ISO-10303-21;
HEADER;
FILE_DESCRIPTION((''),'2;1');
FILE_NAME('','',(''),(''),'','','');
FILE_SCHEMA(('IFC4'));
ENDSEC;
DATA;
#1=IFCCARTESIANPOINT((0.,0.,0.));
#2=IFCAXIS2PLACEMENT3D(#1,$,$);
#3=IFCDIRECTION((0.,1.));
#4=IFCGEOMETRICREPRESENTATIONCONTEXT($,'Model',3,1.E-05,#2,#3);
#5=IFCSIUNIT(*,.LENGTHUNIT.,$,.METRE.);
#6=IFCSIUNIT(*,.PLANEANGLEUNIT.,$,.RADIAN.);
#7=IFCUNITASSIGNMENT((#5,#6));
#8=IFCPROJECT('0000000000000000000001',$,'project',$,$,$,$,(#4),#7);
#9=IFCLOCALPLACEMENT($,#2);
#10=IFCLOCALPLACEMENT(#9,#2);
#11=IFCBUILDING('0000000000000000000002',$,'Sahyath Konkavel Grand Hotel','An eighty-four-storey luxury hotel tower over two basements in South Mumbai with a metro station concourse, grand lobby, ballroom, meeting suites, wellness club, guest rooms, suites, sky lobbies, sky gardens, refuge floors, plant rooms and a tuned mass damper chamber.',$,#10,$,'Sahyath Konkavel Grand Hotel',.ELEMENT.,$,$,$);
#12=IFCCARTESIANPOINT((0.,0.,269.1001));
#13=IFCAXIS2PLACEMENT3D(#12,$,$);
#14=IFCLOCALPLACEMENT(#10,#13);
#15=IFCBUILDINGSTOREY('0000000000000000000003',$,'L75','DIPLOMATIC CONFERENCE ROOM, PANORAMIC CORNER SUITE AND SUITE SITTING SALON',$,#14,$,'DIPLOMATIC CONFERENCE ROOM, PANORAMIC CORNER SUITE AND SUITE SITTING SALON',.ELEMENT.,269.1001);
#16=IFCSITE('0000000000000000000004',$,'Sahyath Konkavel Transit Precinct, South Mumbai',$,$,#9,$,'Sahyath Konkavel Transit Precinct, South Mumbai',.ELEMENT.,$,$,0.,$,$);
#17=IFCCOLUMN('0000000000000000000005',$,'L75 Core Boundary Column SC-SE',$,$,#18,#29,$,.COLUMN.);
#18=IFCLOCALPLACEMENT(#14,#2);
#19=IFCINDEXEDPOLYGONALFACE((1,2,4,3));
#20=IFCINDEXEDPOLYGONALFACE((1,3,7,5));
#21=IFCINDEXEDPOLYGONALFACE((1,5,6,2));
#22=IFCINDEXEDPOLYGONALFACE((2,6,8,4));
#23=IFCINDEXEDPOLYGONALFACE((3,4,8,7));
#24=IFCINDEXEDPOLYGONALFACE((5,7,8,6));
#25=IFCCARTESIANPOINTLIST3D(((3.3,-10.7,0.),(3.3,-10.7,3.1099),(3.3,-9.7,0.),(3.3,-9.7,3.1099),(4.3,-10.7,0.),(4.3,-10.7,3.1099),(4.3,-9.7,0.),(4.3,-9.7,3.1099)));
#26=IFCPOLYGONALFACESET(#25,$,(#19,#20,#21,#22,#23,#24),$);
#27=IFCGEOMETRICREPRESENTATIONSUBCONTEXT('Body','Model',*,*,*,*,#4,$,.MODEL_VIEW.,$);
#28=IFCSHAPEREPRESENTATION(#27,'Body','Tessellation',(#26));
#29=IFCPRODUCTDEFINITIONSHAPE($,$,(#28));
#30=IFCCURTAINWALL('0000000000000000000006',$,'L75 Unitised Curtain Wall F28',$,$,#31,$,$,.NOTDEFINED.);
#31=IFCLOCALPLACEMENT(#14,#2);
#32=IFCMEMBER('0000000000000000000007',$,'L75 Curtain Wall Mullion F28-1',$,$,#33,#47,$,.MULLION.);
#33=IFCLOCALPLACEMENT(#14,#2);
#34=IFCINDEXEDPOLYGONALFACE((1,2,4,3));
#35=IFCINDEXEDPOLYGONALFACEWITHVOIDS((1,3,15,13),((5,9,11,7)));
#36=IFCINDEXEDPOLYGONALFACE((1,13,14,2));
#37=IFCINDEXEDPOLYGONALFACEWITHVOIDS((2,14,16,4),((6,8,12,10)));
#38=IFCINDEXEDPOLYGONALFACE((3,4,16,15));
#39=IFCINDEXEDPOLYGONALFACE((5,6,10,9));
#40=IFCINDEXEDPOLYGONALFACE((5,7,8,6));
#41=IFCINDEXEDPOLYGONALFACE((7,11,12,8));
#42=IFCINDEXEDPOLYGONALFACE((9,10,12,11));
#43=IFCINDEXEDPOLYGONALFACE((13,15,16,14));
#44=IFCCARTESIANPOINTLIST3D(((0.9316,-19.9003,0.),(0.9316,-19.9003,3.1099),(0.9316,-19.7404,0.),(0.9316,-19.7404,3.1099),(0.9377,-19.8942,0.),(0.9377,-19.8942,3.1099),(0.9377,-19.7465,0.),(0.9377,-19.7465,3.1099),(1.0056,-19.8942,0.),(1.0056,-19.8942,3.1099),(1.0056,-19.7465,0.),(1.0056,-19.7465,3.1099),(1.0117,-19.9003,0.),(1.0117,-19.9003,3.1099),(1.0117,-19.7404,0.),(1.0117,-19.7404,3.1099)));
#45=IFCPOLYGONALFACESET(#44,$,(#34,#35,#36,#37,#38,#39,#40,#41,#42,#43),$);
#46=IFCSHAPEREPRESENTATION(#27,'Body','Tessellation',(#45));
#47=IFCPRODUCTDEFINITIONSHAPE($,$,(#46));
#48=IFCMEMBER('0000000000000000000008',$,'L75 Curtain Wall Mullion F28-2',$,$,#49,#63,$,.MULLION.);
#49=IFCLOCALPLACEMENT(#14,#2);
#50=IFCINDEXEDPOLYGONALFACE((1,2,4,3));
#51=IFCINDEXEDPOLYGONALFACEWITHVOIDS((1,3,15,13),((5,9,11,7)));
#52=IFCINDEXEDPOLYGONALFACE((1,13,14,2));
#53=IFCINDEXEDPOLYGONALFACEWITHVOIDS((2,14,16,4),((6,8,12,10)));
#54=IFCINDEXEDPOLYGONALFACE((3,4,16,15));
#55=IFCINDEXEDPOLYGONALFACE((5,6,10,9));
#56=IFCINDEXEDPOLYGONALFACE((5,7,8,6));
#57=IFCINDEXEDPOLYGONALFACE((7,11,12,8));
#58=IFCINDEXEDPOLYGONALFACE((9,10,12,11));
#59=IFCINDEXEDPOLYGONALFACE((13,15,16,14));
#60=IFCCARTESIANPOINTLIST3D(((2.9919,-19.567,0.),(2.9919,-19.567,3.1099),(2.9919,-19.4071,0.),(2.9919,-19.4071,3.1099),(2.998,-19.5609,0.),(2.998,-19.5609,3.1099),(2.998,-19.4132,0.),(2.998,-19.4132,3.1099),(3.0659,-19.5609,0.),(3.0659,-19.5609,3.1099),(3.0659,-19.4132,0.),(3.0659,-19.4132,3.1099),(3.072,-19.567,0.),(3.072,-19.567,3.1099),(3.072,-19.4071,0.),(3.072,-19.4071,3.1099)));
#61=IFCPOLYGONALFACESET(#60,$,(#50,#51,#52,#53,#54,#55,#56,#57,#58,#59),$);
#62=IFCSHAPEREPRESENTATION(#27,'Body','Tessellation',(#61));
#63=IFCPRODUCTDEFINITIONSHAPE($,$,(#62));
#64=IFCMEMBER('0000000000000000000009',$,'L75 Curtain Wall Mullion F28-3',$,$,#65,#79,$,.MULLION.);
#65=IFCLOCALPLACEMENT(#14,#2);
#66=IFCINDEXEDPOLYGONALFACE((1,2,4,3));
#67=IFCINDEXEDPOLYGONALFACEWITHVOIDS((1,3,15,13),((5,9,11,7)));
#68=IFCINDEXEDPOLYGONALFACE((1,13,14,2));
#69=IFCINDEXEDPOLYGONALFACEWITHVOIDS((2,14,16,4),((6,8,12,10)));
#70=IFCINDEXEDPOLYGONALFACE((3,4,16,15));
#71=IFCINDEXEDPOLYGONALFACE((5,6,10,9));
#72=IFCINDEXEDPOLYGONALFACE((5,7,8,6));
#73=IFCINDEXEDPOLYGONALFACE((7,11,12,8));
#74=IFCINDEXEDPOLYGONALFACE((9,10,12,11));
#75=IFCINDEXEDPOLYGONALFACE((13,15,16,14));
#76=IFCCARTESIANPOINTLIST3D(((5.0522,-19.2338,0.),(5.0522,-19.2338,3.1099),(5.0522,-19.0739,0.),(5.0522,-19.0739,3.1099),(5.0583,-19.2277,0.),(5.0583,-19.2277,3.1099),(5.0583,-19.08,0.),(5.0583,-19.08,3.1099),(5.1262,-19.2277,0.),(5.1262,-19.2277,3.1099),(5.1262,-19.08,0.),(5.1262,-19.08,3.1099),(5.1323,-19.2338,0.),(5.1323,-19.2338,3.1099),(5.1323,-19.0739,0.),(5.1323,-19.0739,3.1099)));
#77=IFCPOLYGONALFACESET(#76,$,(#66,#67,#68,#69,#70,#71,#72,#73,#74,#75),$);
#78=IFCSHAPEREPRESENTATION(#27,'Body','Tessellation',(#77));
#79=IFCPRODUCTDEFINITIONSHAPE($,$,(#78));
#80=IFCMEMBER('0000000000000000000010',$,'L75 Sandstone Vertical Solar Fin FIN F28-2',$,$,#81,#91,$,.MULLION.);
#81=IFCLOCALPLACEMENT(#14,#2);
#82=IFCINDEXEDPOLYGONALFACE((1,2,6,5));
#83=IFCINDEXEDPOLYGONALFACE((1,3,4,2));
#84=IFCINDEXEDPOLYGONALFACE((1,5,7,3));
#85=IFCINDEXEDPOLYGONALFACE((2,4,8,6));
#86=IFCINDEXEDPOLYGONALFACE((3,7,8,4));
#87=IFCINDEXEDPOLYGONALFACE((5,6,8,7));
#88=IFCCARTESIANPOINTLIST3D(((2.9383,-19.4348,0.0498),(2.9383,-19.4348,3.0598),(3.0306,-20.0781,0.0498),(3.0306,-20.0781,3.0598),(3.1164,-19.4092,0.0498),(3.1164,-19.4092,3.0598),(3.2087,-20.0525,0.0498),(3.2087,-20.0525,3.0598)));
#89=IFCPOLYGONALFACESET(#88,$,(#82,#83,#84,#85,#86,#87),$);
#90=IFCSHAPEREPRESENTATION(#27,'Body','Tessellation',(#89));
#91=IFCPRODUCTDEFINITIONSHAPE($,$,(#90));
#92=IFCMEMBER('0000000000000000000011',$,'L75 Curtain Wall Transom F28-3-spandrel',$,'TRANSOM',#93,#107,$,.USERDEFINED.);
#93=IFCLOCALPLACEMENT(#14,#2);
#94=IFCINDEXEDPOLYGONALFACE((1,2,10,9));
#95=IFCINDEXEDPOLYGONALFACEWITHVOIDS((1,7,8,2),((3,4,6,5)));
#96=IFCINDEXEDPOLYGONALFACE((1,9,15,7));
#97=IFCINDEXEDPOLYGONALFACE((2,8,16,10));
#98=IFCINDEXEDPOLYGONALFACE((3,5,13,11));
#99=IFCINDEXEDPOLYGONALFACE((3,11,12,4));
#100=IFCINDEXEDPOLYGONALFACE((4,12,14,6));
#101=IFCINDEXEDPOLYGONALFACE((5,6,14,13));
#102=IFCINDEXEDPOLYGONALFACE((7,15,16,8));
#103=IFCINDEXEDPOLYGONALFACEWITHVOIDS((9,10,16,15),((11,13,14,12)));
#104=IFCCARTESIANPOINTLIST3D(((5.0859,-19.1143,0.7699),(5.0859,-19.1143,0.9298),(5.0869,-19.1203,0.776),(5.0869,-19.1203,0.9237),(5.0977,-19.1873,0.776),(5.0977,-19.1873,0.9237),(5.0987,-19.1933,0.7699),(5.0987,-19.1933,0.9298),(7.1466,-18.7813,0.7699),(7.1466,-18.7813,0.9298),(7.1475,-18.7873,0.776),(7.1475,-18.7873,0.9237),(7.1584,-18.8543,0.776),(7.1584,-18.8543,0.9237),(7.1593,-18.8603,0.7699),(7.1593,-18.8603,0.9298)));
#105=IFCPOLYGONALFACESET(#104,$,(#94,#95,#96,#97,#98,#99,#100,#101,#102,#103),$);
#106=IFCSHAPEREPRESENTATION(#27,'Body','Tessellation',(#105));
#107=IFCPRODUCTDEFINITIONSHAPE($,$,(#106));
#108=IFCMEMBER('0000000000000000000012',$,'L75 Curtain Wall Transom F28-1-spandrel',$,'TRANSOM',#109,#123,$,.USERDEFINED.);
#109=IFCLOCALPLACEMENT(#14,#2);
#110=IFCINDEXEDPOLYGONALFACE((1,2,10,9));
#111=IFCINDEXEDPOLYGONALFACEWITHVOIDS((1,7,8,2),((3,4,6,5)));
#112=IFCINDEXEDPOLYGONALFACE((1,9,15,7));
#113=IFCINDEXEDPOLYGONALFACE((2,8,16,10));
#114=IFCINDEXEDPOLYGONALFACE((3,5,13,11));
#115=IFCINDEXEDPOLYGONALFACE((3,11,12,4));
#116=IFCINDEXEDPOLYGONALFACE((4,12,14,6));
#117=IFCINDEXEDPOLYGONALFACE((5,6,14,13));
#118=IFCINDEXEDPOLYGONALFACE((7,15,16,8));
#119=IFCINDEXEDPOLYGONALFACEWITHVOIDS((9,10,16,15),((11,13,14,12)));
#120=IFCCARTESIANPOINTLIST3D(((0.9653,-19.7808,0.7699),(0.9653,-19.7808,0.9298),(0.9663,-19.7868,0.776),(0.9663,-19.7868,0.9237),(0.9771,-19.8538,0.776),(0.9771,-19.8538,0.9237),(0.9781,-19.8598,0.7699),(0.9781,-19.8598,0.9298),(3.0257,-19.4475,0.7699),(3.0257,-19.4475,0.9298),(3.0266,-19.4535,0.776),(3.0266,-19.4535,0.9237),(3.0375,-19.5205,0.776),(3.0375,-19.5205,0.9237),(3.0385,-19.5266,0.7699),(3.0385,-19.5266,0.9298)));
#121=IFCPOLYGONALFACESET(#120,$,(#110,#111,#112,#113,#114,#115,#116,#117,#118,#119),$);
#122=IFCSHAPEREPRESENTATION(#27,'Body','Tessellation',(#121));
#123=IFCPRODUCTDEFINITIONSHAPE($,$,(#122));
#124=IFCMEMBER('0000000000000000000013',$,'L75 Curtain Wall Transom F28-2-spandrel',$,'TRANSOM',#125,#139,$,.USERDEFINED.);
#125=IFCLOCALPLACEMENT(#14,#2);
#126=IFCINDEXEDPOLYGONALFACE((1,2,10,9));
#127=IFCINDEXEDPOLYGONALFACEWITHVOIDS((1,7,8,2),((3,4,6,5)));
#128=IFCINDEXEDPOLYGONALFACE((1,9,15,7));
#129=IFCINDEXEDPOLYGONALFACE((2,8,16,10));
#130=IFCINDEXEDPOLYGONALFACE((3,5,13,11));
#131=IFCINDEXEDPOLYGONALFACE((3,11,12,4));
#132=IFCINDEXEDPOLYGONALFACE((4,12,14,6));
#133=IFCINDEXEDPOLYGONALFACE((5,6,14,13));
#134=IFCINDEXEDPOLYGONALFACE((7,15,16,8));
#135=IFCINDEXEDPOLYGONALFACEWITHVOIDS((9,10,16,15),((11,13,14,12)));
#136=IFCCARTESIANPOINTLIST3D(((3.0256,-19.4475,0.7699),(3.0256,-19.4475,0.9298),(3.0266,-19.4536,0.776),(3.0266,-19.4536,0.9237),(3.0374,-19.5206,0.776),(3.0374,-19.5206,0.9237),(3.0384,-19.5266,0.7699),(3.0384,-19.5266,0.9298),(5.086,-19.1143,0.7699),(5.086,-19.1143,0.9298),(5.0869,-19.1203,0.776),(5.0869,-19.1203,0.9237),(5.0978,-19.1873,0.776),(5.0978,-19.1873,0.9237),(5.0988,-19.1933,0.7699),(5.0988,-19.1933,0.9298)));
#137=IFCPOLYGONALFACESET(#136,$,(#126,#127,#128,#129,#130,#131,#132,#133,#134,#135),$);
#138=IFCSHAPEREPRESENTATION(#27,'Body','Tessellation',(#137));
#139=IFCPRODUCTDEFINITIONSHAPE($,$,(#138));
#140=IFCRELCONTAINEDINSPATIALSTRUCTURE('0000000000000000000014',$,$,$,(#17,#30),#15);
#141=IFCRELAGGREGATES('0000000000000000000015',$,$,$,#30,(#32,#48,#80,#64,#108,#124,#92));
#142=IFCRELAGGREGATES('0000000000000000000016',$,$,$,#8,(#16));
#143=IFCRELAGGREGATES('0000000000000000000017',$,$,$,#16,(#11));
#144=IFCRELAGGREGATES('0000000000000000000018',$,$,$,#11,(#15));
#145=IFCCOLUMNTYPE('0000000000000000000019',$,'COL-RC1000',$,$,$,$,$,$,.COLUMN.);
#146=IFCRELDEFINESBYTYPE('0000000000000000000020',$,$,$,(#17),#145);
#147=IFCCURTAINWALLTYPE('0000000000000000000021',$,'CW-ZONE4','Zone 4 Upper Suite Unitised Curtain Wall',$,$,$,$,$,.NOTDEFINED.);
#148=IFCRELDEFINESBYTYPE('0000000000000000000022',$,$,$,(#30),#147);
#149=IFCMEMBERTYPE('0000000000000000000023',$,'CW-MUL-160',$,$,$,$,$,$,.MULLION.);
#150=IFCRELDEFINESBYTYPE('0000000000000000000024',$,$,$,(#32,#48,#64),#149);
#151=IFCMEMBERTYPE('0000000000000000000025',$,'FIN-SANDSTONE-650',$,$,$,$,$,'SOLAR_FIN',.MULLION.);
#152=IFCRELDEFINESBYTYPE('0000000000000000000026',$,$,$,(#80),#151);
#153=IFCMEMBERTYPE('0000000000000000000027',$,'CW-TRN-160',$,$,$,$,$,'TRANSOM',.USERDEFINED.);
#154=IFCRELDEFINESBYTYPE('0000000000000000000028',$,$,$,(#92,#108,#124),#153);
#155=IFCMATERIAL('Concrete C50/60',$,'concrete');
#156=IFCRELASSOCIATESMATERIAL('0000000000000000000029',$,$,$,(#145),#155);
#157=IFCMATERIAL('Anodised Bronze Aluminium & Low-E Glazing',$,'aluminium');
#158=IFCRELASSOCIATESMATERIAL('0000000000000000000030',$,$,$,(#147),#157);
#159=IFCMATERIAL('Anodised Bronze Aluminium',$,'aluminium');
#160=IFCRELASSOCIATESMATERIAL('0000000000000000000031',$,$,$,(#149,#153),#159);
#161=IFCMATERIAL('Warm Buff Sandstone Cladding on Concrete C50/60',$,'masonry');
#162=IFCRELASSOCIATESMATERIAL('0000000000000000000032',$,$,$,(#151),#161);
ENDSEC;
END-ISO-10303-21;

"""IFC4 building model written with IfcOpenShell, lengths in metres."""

from ifc_helpers import new_model, si_unit, direction, frame, origin, origin_2d, place, context, subcontext, project, spatial, rectangle, hollow_rectangle, extrude, source, transform, mapped, material, material_profile, profile_set, type_object, element, aggregate, save


model = new_model("IFC4")

# Units and contexts
model_context = context("Model", 3, precision=1e-05, world=origin(), true_north=direction((0.0, 1.0)))
body_context = subcontext(model_context, "Body", "Model", "MODEL_VIEW")
ifc_project = project(units=[si_unit("LENGTHUNIT", "METRE"), si_unit("PLANEANGLEUNIT", "RADIAN")], contexts=[model_context])

# Site, building, storey
site_placement = place(None, origin())
site = spatial("IfcSite", under=ifc_project, at=site_placement, Name="Sahyath Konkavel Transit Precinct, South Mumbai", LongName="Sahyath Konkavel Transit Precinct, South Mumbai", CompositionType="ELEMENT", RefElevation=0.0)
building_placement = place(site_placement, origin())
building = spatial("IfcBuilding", under=site, at=building_placement, Name="Sahyath Konkavel Grand Hotel", Description="An eighty-four-storey luxury hotel tower over two basements in South Mumbai with a metro station concourse, grand lobby, ballroom, meeting suites, wellness club, guest rooms, suites, sky lobbies, sky gardens, refuge floors, plant rooms and a tuned mass damper chamber.", LongName="Sahyath Konkavel Grand Hotel", CompositionType="ELEMENT")
storey_placement = place(building_placement, frame((0.0, 0.0, 269.1001)))
storey = spatial("IfcBuildingStorey", under=building, at=storey_placement, Name="L75", Description="DIPLOMATIC CONFERENCE ROOM, PANORAMIC CORNER SUITE AND SUITE SITTING SALON", LongName="DIPLOMATIC CONFERENCE ROOM, PANORAMIC CORNER SUITE AND SUITE SITTING SALON", CompositionType="ELEMENT", Elevation=269.1001)

# Column
ifc_material_1 = material(Name="Concrete C50/60", Category="concrete")
ifc_material_profile_1 = material_profile(ifc_material_1, rectangle(XDim=1.0, YDim=1.0, at=origin_2d()), Name="RC 1000x1000")
ifc_profile_set_1 = profile_set([ifc_material_profile_1], Name="Concrete C50/60")
column_type = type_object("IfcColumnType", Name="COL-RC1000", PredefinedType="COLUMN", material=ifc_profile_set_1)
shared_shape_1 = source(origin(), body_context, "Body", "SweptSolid", [
    extrude(rectangle(XDim=1.0, YDim=1.0, at=origin_2d()), origin(), (0.0, 0.0, 1.0), 3.1099),
])
column_placement = place(storey_placement, frame((3.8, -10.2, 0.0), z_axis=(0.0, 0.0, 1.0), x_axis=(1.0, 0.0, 0.0)))
element("IfcColumn", 1, at=column_placement, inside=storey, type_object=column_type, Name="L75 Core Boundary Column SC-SE", PredefinedType="COLUMN", context=body_context, shape_type="MappedRepresentation", body=[
    mapped(shared_shape_1, transform((0.0, 0.0, 0.0), scale=1.0)),
])

# Curtain wall, members
ifc_material_2 = material(Name="Anodised Bronze Aluminium & Low-E Glazing", Category="aluminium")
curtain_wall_type = type_object("IfcCurtainWallType", Name="CW-ZONE4", Description="Zone 4 Upper Suite Unitised Curtain Wall", PredefinedType="NOTDEFINED", material=ifc_material_2)
curtain_wall_placement = place(storey_placement, origin())
curtain_wall = element("IfcCurtainWall", 2, at=curtain_wall_placement, inside=storey, type_object=curtain_wall_type, Name="L75 Unitised Curtain Wall F28", PredefinedType="NOTDEFINED")
ifc_material_3 = material(Name="Anodised Bronze Aluminium", Category="aluminium")
ifc_material_profile_2 = material_profile(ifc_material_3, hollow_rectangle(XDim=0.0801, YDim=0.1599, WallThickness=0.0061, at=origin_2d()), Name="RHS 160x80x6")
ifc_profile_set_2 = profile_set([ifc_material_profile_2], Name="Anodised Bronze Aluminium")
member_type_1 = type_object("IfcMemberType", Name="CW-MUL-160", PredefinedType="MULLION", material=ifc_profile_set_2)
shared_shape_2 = source(origin(), body_context, "Body", "SweptSolid", [
    extrude(hollow_rectangle(XDim=0.0801, YDim=0.1599, WallThickness=0.0061, at=origin_2d()), origin(), (0.0, 0.0, 1.0), 3.1099),
])
member_1_placement = place(storey_placement, frame((0.9717, -19.8203, 0.0), z_axis=(0.0, 0.0, 1.0), x_axis=(1.0, 0.0, 0.0)))
member_1 = element("IfcMember", 3, at=member_1_placement, type_object=member_type_1, Name="L75 Curtain Wall Mullion F28-1", PredefinedType="MULLION", context=body_context, shape_type="MappedRepresentation", body=[
    mapped(shared_shape_2, transform((0.0, 0.0, 0.0), scale=1.0)),
])
member_2_placement = place(storey_placement, frame((3.032, -19.4871, 0.0), z_axis=(0.0, 0.0, 1.0), x_axis=(1.0, 0.0, 0.0)))
member_2 = element("IfcMember", 4, at=member_2_placement, type_object=member_type_1, Name="L75 Curtain Wall Mullion F28-2", PredefinedType="MULLION", context=body_context, shape_type="MappedRepresentation", body=[
    mapped(shared_shape_2, transform((0.0, 0.0, 0.0), scale=1.0)),
])
member_3_placement = place(storey_placement, frame((5.0923, -19.1538, 0.0), z_axis=(0.0, 0.0, 1.0), x_axis=(1.0, 0.0, 0.0)))
member_3 = element("IfcMember", 5, at=member_3_placement, type_object=member_type_1, Name="L75 Curtain Wall Mullion F28-3", PredefinedType="MULLION", context=body_context, shape_type="MappedRepresentation", body=[
    mapped(shared_shape_2, transform((0.0, 0.0, 0.0), scale=1.0)),
])
ifc_material_4 = material(Name="Warm Buff Sandstone Cladding on Concrete C50/60", Category="masonry")
ifc_material_profile_3 = material_profile(ifc_material_4, rectangle(XDim=0.1799, YDim=0.6499, at=origin_2d()), Name="FIN 180x650")
ifc_profile_set_3 = profile_set([ifc_material_profile_3], Name="Warm Buff Sandstone Cladding on Concrete C50/60")
member_type_2 = type_object("IfcMemberType", Name="FIN-SANDSTONE-650", ElementType="SOLAR_FIN", PredefinedType="MULLION", material=ifc_profile_set_3)
shared_shape_3 = source(origin(), body_context, "Body", "SweptSolid", [
    extrude(rectangle(XDim=0.1799, YDim=0.6499, at=origin_2d()), origin(), (0.0, 0.0, 1.0), 3.01),
])
member_4_placement = place(storey_placement, frame((3.0735, -19.7437, 0.0498), z_axis=(0.0, 0.0, 1.0), x_axis=(0.989851, 0.142111, 0.0)))
member_4 = element("IfcMember", 6, at=member_4_placement, type_object=member_type_2, Name="L75 Sandstone Vertical Solar Fin FIN F28-2", PredefinedType="MULLION", context=body_context, shape_type="MappedRepresentation", body=[
    mapped(shared_shape_3, transform((0.0, 0.0, 0.0), scale=1.0)),
])
ifc_material_profile_4 = material_profile(ifc_material_3, hollow_rectangle(XDim=0.0801, YDim=0.1599, WallThickness=0.0061, at=origin_2d()), Name="RHS 160x80x6")
ifc_profile_set_4 = profile_set([ifc_material_profile_4], Name="Anodised Bronze Aluminium")
member_type_3 = type_object("IfcMemberType", Name="CW-TRN-160", ElementType="TRANSOM", PredefinedType="USERDEFINED", material=ifc_profile_set_4)
shared_shape_4 = source(origin(), body_context, "Body", "SweptSolid", [
    extrude(hollow_rectangle(XDim=0.0801, YDim=0.1599, WallThickness=0.0061, at=origin_2d()), origin(), (0.0, 0.0, 1.0), 2.0874),
])
member_5_placement = place(storey_placement, frame((5.0923, -19.1538, 0.8499), z_axis=(0.987191, 0.159541, 0.0), x_axis=(-0.159541, 0.987191, 0.0)))
member_5 = element("IfcMember", 7, at=member_5_placement, type_object=member_type_3, Name="L75 Curtain Wall Transom F28-3-spandrel", ObjectType="TRANSOM", PredefinedType="USERDEFINED", context=body_context, shape_type="MappedRepresentation", body=[
    mapped(shared_shape_4, transform((0.0, 0.0, 0.0), scale=1.0)),
])
shared_shape_5 = source(origin(), body_context, "Body", "SweptSolid", [
    extrude(hollow_rectangle(XDim=0.0801, YDim=0.1599, WallThickness=0.0061, at=origin_2d()), origin(), (0.0, 0.0, 1.0), 2.0872),
])
member_6_placement = place(storey_placement, frame((0.9717, -19.8203, 0.8499), z_axis=(0.98717, 0.159674, 0.0), x_axis=(-0.159674, 0.98717, 0.0)))
member_6 = element("IfcMember", 8, at=member_6_placement, type_object=member_type_3, Name="L75 Curtain Wall Transom F28-1-spandrel", ObjectType="TRANSOM", PredefinedType="USERDEFINED", context=body_context, shape_type="MappedRepresentation", body=[
    mapped(shared_shape_5, transform((0.0, 0.0, 0.0), scale=1.0)),
])
member_7_placement = place(storey_placement, frame((3.032, -19.4871, 0.8499), z_axis=(0.98717, 0.159674, 0.0), x_axis=(-0.159674, 0.98717, 0.0)))
member_7 = element("IfcMember", 9, at=member_7_placement, type_object=member_type_3, Name="L75 Curtain Wall Transom F28-2-spandrel", ObjectType="TRANSOM", PredefinedType="USERDEFINED", context=body_context, shape_type="MappedRepresentation", body=[
    mapped(shared_shape_5, transform((0.0, 0.0, 0.0), scale=1.0)),
])

aggregate(curtain_wall, [member_1, member_2, member_4, member_3, member_6, member_7, member_5])

save(model, "model.ifc")
